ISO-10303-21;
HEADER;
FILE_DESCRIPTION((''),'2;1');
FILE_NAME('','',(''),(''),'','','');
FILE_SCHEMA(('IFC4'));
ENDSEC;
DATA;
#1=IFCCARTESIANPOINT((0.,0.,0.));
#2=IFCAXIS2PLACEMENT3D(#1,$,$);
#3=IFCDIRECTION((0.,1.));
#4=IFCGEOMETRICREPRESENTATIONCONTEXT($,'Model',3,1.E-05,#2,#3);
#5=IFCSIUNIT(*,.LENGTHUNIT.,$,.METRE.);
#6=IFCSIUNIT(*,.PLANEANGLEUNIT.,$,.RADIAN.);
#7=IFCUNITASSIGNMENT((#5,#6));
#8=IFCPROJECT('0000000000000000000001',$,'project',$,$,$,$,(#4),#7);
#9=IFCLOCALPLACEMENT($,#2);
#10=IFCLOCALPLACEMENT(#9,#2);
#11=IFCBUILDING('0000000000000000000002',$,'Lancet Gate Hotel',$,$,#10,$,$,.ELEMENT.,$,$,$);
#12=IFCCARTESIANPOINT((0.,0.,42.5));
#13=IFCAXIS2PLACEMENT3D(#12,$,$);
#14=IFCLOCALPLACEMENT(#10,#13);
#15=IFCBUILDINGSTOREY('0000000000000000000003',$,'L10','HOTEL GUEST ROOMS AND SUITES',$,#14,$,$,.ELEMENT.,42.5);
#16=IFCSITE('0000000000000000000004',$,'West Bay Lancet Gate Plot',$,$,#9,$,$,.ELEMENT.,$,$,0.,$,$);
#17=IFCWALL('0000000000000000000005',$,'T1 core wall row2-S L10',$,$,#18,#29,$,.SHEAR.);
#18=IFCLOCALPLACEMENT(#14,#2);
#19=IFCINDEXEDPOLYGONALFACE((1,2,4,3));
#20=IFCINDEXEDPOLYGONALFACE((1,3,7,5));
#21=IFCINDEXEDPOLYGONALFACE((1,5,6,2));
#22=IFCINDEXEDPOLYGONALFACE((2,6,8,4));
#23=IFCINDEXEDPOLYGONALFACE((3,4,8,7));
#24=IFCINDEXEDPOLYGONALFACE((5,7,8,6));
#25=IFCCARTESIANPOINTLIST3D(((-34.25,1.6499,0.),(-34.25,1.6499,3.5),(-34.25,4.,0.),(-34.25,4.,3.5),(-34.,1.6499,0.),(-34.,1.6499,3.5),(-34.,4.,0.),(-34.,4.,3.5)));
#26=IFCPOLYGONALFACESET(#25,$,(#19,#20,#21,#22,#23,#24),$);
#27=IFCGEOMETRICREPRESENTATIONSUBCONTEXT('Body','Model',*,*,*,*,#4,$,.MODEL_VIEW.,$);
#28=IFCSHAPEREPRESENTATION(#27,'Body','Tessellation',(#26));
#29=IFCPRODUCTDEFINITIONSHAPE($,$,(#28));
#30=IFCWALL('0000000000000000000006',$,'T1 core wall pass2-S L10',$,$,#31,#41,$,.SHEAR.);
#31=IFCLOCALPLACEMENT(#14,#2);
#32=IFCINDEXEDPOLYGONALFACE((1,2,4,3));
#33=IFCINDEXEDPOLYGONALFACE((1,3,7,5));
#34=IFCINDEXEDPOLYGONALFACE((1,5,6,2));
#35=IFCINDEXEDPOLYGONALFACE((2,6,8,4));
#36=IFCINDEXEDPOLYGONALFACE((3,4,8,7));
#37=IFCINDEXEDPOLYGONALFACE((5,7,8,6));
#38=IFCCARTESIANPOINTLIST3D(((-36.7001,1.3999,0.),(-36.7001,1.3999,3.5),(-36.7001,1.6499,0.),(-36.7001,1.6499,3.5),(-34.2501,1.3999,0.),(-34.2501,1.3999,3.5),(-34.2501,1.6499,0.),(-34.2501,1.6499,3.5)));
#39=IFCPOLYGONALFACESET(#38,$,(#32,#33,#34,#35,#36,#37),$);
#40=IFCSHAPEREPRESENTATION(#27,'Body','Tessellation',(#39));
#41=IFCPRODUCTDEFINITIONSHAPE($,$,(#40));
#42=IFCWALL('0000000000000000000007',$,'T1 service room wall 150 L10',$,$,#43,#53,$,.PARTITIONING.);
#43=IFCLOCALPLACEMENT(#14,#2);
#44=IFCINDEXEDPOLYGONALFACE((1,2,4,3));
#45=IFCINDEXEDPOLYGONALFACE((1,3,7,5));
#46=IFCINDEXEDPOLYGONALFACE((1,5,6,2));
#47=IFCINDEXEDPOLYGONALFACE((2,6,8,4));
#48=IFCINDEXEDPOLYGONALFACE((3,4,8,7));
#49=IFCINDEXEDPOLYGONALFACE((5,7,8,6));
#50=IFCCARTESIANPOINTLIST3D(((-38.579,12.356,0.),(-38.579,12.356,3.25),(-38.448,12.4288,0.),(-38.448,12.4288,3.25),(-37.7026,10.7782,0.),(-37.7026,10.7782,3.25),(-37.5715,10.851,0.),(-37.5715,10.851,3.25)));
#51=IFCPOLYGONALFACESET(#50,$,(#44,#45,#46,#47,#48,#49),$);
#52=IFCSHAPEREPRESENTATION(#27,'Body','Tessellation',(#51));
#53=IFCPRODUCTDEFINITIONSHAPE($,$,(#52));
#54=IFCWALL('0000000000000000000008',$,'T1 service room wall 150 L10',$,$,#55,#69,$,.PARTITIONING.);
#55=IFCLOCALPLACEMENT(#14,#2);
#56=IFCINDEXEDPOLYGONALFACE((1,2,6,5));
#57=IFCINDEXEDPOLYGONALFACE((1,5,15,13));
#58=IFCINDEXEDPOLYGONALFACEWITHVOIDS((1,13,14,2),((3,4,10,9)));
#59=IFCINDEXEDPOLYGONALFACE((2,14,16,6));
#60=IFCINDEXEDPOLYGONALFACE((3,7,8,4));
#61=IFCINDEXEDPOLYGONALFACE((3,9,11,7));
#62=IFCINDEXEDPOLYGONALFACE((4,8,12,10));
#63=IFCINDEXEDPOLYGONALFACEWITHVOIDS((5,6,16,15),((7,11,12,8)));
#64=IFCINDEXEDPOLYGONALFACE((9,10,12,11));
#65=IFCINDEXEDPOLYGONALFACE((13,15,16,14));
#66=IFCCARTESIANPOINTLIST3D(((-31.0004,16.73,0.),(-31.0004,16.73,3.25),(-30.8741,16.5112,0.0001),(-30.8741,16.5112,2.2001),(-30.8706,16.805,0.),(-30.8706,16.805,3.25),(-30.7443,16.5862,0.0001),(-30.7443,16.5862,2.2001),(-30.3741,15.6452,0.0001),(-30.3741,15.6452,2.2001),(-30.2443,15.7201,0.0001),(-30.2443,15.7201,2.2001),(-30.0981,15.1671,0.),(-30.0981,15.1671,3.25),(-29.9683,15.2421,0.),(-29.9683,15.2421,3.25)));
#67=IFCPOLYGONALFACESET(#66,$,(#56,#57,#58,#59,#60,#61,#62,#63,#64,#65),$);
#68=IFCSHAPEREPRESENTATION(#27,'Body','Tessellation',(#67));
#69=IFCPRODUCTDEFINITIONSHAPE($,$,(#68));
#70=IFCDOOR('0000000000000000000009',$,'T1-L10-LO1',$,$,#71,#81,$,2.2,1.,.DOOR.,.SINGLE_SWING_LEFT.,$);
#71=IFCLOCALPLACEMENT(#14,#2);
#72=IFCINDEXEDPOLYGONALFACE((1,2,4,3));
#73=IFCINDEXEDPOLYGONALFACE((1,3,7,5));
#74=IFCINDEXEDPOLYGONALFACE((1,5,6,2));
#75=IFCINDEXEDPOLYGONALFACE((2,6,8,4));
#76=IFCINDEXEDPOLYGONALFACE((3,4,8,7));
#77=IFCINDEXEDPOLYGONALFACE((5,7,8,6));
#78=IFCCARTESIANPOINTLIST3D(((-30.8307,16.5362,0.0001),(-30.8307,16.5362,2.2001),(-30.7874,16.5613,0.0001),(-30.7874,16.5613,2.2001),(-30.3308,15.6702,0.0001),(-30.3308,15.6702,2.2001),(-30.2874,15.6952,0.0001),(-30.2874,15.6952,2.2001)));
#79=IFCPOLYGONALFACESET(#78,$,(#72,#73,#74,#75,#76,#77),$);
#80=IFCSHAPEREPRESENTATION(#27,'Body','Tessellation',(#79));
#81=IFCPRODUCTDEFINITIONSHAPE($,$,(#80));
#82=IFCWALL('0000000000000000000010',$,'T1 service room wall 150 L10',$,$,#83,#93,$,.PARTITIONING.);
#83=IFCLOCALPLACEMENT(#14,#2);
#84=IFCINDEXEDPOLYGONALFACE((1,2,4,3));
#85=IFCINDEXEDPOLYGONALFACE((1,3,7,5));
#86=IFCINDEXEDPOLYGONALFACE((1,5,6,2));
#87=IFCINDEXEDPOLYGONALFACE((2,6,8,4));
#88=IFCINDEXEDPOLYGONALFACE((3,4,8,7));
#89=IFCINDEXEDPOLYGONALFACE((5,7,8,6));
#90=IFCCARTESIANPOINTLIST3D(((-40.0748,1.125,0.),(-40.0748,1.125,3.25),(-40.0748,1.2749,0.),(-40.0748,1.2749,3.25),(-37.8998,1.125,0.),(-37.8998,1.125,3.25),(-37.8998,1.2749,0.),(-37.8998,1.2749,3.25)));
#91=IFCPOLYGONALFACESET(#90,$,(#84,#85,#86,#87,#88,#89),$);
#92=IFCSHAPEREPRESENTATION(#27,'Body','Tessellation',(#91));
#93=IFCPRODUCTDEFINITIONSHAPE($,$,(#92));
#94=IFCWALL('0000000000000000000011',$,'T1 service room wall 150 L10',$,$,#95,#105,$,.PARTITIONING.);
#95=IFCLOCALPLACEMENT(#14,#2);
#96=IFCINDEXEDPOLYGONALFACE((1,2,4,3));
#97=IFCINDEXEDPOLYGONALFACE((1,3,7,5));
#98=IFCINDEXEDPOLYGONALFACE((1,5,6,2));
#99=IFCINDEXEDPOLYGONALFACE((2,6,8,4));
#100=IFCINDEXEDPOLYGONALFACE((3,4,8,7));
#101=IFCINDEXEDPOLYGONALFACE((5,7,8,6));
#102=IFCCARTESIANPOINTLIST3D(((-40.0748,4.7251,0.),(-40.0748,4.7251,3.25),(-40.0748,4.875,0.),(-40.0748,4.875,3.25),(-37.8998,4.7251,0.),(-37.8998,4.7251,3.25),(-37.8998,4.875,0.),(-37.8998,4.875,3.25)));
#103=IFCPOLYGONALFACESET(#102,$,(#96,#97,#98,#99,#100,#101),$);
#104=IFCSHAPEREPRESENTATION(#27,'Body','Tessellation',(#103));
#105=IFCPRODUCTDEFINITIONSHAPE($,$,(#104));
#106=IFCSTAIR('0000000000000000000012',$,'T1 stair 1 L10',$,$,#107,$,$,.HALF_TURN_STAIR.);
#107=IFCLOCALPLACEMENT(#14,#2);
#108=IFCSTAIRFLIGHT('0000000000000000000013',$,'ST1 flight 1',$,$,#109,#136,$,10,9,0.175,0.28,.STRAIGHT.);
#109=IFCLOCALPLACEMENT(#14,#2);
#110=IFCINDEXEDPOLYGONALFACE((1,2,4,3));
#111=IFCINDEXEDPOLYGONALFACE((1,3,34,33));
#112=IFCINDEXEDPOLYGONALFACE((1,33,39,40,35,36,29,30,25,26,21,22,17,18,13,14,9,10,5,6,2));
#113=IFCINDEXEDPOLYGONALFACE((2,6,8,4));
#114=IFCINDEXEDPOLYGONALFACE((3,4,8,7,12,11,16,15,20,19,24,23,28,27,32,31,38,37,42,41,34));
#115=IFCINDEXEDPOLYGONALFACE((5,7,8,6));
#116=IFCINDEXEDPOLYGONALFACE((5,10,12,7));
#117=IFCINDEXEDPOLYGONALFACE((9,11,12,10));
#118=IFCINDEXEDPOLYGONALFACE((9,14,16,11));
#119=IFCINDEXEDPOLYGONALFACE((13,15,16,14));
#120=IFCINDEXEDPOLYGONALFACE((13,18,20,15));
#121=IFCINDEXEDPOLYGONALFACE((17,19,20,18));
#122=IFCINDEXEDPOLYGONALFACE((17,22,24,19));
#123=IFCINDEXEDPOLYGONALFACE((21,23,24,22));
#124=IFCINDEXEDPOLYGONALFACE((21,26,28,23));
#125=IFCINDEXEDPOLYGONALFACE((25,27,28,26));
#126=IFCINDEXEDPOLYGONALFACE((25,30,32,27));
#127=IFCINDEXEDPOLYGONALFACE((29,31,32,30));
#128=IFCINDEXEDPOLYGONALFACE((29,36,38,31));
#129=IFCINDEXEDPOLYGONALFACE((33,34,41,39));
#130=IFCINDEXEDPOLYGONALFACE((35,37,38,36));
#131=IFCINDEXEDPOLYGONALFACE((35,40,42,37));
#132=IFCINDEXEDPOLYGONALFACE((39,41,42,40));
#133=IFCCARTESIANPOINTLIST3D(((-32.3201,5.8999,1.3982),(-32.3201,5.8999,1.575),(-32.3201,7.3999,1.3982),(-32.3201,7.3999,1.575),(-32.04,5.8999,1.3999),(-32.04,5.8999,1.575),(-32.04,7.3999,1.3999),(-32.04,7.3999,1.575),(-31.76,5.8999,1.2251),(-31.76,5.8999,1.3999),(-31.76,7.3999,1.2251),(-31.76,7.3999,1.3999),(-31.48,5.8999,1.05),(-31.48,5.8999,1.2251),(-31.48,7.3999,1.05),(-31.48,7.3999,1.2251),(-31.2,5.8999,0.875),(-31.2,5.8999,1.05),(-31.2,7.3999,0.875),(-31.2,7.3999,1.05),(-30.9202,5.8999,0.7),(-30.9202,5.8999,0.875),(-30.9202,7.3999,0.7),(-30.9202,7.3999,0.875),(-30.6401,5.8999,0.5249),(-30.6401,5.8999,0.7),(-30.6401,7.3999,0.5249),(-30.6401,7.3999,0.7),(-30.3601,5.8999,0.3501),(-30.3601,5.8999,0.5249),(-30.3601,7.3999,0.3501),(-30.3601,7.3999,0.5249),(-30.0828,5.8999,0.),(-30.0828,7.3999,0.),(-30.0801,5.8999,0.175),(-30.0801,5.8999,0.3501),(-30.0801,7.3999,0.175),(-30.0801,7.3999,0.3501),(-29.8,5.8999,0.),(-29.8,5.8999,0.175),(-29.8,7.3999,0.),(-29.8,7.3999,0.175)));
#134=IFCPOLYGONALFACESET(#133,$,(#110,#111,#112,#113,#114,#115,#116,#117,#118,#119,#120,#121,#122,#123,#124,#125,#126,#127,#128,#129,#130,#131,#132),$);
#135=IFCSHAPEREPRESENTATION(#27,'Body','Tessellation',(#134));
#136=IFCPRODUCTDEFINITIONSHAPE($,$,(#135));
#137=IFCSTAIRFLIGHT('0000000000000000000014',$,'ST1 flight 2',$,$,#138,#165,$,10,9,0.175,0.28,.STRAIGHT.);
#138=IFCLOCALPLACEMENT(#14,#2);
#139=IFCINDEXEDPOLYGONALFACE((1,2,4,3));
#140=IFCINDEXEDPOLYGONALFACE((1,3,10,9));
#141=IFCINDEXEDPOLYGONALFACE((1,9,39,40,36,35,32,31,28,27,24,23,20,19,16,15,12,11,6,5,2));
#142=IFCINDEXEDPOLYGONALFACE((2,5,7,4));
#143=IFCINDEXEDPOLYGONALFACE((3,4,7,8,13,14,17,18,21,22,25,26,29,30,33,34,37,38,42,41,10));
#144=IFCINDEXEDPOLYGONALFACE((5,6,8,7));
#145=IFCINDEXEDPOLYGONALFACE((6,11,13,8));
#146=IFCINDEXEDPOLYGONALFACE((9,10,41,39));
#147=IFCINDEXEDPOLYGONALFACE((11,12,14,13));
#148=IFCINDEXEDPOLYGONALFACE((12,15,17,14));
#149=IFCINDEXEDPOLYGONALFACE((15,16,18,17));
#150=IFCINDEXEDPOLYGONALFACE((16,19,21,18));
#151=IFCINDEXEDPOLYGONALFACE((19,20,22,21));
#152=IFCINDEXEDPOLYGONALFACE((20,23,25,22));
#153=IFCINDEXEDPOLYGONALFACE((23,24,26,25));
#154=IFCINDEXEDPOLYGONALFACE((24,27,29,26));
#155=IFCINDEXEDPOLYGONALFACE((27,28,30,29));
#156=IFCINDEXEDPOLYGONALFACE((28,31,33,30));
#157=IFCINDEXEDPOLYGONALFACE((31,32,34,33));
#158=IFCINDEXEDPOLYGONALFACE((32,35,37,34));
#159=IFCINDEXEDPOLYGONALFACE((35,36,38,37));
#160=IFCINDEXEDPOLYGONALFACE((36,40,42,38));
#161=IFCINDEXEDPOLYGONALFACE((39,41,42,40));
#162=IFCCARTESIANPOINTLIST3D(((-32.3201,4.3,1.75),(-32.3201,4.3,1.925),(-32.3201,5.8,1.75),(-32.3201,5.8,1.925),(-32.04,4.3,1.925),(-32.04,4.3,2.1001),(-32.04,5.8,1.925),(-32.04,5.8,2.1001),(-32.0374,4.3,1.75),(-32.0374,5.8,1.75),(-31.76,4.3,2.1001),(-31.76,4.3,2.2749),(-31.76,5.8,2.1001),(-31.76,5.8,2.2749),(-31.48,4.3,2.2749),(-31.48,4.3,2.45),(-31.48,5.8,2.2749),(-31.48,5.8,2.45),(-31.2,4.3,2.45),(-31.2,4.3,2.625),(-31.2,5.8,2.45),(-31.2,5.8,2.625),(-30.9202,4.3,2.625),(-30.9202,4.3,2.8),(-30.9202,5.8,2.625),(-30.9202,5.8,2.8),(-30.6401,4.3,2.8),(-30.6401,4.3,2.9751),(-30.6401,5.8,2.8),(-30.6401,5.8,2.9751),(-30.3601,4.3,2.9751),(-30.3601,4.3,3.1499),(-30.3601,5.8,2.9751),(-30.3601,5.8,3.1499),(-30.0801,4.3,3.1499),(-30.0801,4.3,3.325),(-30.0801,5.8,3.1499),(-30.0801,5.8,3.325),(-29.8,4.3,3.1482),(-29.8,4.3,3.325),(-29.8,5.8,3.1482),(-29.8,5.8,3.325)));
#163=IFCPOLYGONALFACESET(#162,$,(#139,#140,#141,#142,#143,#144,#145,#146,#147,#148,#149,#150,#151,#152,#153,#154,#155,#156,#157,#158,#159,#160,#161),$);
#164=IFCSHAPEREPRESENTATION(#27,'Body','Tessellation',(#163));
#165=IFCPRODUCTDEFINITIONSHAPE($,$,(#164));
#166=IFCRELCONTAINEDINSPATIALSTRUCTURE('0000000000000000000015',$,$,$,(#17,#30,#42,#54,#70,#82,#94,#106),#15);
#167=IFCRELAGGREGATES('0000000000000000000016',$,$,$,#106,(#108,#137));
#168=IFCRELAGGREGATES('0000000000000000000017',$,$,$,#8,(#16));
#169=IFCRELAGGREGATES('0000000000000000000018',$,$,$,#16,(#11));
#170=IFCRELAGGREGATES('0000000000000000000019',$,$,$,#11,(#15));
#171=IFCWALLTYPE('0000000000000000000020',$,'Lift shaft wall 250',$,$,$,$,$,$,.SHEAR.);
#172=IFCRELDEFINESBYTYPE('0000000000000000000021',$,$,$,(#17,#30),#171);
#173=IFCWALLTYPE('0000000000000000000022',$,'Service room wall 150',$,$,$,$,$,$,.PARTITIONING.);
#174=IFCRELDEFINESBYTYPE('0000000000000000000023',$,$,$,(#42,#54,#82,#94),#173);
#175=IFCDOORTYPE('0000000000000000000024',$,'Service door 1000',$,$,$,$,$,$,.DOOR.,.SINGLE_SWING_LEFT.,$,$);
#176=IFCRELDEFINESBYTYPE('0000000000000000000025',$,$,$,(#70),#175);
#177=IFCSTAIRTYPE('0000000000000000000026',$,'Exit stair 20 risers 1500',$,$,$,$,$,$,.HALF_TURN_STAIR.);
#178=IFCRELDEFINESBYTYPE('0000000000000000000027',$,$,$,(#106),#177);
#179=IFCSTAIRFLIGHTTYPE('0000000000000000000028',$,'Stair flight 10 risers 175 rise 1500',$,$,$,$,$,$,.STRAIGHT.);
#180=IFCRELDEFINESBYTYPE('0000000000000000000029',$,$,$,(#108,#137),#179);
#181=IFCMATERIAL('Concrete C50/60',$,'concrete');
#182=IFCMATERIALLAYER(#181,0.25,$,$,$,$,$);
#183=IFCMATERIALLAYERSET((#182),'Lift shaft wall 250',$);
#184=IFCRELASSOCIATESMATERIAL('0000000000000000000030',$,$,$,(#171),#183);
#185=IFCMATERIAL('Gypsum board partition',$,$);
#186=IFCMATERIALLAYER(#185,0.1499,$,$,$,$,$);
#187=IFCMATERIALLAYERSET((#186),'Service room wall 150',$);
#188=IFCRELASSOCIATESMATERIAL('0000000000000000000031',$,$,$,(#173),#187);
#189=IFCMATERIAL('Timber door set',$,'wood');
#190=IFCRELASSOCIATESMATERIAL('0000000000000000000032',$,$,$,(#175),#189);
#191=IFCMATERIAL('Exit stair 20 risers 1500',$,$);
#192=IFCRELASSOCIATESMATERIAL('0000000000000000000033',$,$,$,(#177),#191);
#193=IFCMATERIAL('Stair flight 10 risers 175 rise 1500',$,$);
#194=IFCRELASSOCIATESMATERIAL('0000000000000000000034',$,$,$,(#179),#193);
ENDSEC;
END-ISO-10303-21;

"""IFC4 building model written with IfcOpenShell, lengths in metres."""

from ifc_helpers import new_model, si_unit, direction, frame, frame_2d, origin, place, context, subcontext, project, spatial, polyline, rectangle, outline, extrude, material, layer, layer_set, type_object, element, fill, aggregate, save


model = new_model("IFC4")

# Units and contexts
model_context = context("Model", 3, precision=1e-05, world=origin(), true_north=direction((0.0, 1.0)))
body_context = subcontext(model_context, "Body", "Model", "MODEL_VIEW")
ifc_project = project(units=[si_unit("LENGTHUNIT", "METRE"), si_unit("PLANEANGLEUNIT", "RADIAN")], contexts=[model_context])

# Site, building, storey
site_placement = place(None, origin())
site = spatial("IfcSite", under=ifc_project, at=site_placement, Name="West Bay Lancet Gate Plot", CompositionType="ELEMENT", RefElevation=0.0)
building_placement = place(site_placement, origin())
building = spatial("IfcBuilding", under=site, at=building_placement, Name="Lancet Gate Hotel", CompositionType="ELEMENT")
storey_placement = place(building_placement, frame((0.0, 0.0, 42.5)))
storey = spatial("IfcBuildingStorey", under=building, at=storey_placement, Name="L10", Description="HOTEL GUEST ROOMS AND SUITES", CompositionType="ELEMENT", Elevation=42.5)

# Shared definitions
ifc_material_1 = material(Name="Concrete C50/60", Category="concrete")
ifc_layer_1 = layer(ifc_material_1, 0.25)
ifc_layer_set_1 = layer_set([ifc_layer_1], Name="Lift shaft wall 250")
wall_type_1 = type_object("IfcWallType", Name="Lift shaft wall 250", PredefinedType="SHEAR", material=ifc_layer_set_1)

# Walls
wall_1_placement = place(storey_placement, frame((-34.125, 4.0, 0.0), z_axis=(0.0, 0.0, 1.0), x_axis=(0.0, -1.0, 0.0)))
element("IfcWall", 1, at=wall_1_placement, inside=storey, type_object=wall_type_1, Name="T1 core wall row2-S L10", PredefinedType="SHEAR", context=body_context, shape_type="SweptSolid", body=[
    extrude(rectangle(XDim=2.3501, YDim=0.25, at=frame_2d((1.175, 0.0))), origin(), (0.0, 0.0, 1.0), 3.5),
])
wall_2_placement = place(storey_placement, frame((-34.25, 1.5249, 0.0), z_axis=(0.0, 0.0, 1.0), x_axis=(-1.0, 0.0, 0.0)))
element("IfcWall", 2, at=wall_2_placement, inside=storey, type_object=wall_type_1, Name="T1 core wall pass2-S L10", PredefinedType="SHEAR", context=body_context, shape_type="SweptSolid", body=[
    extrude(rectangle(XDim=2.45, YDim=0.25, at=frame_2d((1.2251, 0.0))), origin(), (0.0, 0.0, 1.0), 3.5),
])
ifc_material_2 = material(Name="Gypsum board partition")
ifc_layer_2 = layer(ifc_material_2, 0.1499)
ifc_layer_set_2 = layer_set([ifc_layer_2], Name="Service room wall 150")
wall_type_2 = type_object("IfcWallType", Name="Service room wall 150", PredefinedType="PARTITIONING", material=ifc_layer_set_2)
wall_3_placement = place(storey_placement, frame((-38.5134, 12.3923, 0.0), z_axis=(0.0, 0.0, 1.0), x_axis=(0.485586, -0.874189, 0.0)))
element("IfcWall", 3, at=wall_3_placement, inside=storey, type_object=wall_type_2, Name="T1 service room wall 150 L10", PredefinedType="PARTITIONING", context=body_context, shape_type="SweptSolid", body=[
    extrude(rectangle(XDim=1.8049, YDim=0.1499, at=frame_2d((0.9023, 0.0))), origin(), (0.0, 0.0, 1.0), 3.25),
])

# Wall, opening, door
wall_4_placement = place(storey_placement, frame((-30.0332, 15.2046, 0.0), z_axis=(0.0, 0.0, 1.0), x_axis=(-0.49998, 0.866037, 0.0)))
wall_4 = element("IfcWall", 4, at=wall_4_placement, inside=storey, type_object=wall_type_2, Name="T1 service room wall 150 L10", PredefinedType="PARTITIONING", context=body_context, shape_type="SweptSolid", body=[
    extrude(rectangle(XDim=1.8047, YDim=0.1499, at=frame_2d((0.9023, 0.0))), origin(), (0.0, 0.0, 1.0), 3.25),
])
opening_1_placement = place(wall_4_placement, frame((0.552, 0.0, 0.0)))
opening_1 = element("IfcOpeningElement", 5, at=opening_1_placement, cuts=wall_4, PredefinedType="OPENING", context=body_context, shape_type="SweptSolid", body=[
    extrude(rectangle(XDim=1.0, YDim=2.2, at=frame_2d((0.5, 1.1001))), frame((0.0, 0.085, 0.0), z_axis=(0.0, -1.0, 0.0), x_axis=(1.0, 0.0, 0.0)), (0.0, 0.0, 1.0), 0.1699),
])
ifc_material_3 = material(Name="Timber door set", Category="wood")
door_type_1 = type_object("IfcDoorType", Name="Service door 1000", OperationType="SINGLE_SWING_LEFT", PredefinedType="DOOR", material=ifc_material_3)
door_1_placement = place(opening_1_placement, origin())
door_1 = element("IfcDoor", 6, at=door_1_placement, inside=storey, type_object=door_type_1, Name="T1-L10-LO1", OperationType="SINGLE_SWING_LEFT", OverallHeight=2.2, OverallWidth=1.0, PredefinedType="DOOR", context=body_context, shape_type="SweptSolid", body=[
    extrude(rectangle(XDim=1.0, YDim=2.2, at=frame_2d((0.5, 1.1001))), frame((0.0, 0.0249, 0.0), z_axis=(0.0, -1.0, 0.0), x_axis=(1.0, 0.0, 0.0)), (0.0, 0.0, 1.0), 0.05),
])
fill(opening_1, door_1)

# Walls
for number, where, z_axis, x_axis, name in (
    (7, (-37.8999, 1.2, 0.0), (0.0, 0.0, 1.0), (-1.0, 0.0, 0.0), "T1 service room wall 150 L10"),
    (8, (-37.8999, 4.8, 0.0), (0.0, 0.0, 1.0), (-1.0, 0.0, 0.0), "T1 service room wall 150 L10"),
):
    element("IfcWall", number, at=place(storey_placement, frame(where, z_axis=z_axis, x_axis=x_axis)), inside=storey, type_object=wall_type_2, Name=name, PredefinedType="PARTITIONING", context=body_context, shape_type="SweptSolid", body=[
        extrude(rectangle(XDim=2.175, YDim=0.1499, at=frame_2d((1.0874, 0.0))), origin(), (0.0, 0.0, 1.0), 3.25),
    ])

# Stair, stair flights
ifc_material_4 = material(Name="Exit stair 20 risers 1500")
stair_type = type_object("IfcStairType", Name="Exit stair 20 risers 1500", PredefinedType="HALF_TURN_STAIR", material=ifc_material_4)
stair_placement = place(storey_placement, origin())
stair = element("IfcStair", 9, at=stair_placement, inside=storey, type_object=stair_type, Name="T1 stair 1 L10", PredefinedType="HALF_TURN_STAIR")
ifc_material_5 = material(Name="Stair flight 10 risers 175 rise 1500")
stair_flight_type = type_object("IfcStairFlightType", Name="Stair flight 10 risers 175 rise 1500", PredefinedType="STRAIGHT", material=ifc_material_5)
stair_flight_1_placement = place(storey_placement, frame((-29.8, 6.6499, 0.0), z_axis=(0.0, 0.0, 1.0), x_axis=(-1.0, 0.0, 0.0)))
stair_flight_1 = element("IfcStairFlight", 10, at=stair_flight_1_placement, type_object=stair_flight_type, Name="ST1 flight 1", NumberOfRisers=10, NumberOfTreads=9, PredefinedType="STRAIGHT", RiserHeight=0.175, TreadLength=0.28, context=body_context, shape_type="SweptSolid", body=[
    extrude(outline(polyline([(0.0, 0.0), (0.0, 0.175), (0.28, 0.175), (0.28, 0.3501), (0.5601, 0.3501), (0.5601, 0.5249), (0.8401, 0.5249), (0.8401, 0.7), (1.1201, 0.7), (1.1201, 0.875), (1.3999, 0.875), (1.3999, 1.05), (1.6799, 1.05), (1.6799, 1.2251), (1.96, 1.2251), (1.96, 1.3999), (2.24, 1.3999), (2.24, 1.575), (2.52, 1.575), (2.52, 1.75), (2.52, 1.3982), (0.2827, 0.0), (0.0, 0.0)])), frame((0.0, 0.75, 0.0), z_axis=(0.0, -1.0, 0.0), x_axis=(1.0, 0.0, 0.0)), (0.0, 0.0, 1.0), 1.5),
])
stair_flight_2_placement = place(storey_placement, frame((-32.3201, 5.05, 1.75), z_axis=(0.0, 0.0, 1.0), x_axis=(1.0, 0.0, 0.0)))
stair_flight_2 = element("IfcStairFlight", 11, at=stair_flight_2_placement, type_object=stair_flight_type, Name="ST1 flight 2", NumberOfRisers=10, NumberOfTreads=9, PredefinedType="STRAIGHT", RiserHeight=0.175, TreadLength=0.28, context=body_context, shape_type="SweptSolid", body=[
    extrude(outline(polyline([(0.0, 0.0), (0.0, 0.175), (0.28, 0.175), (0.28, 0.3501), (0.5601, 0.3501), (0.5601, 0.5249), (0.8401, 0.5249), (0.8401, 0.7), (1.1201, 0.7), (1.1201, 0.875), (1.3999, 0.875), (1.3999, 1.05), (1.6799, 1.05), (1.6799, 1.2251), (1.96, 1.2251), (1.96, 1.3999), (2.24, 1.3999), (2.24, 1.575), (2.52, 1.575), (2.52, 1.75), (2.52, 1.3982), (0.2827, 0.0), (0.0, 0.0)])), frame((0.0, 0.75, 0.0), z_axis=(0.0, -1.0, 0.0), x_axis=(1.0, 0.0, 0.0)), (0.0, 0.0, 1.0), 1.5),
])
aggregate(stair, [stair_flight_1, stair_flight_2])

save(model, "model.ifc")
